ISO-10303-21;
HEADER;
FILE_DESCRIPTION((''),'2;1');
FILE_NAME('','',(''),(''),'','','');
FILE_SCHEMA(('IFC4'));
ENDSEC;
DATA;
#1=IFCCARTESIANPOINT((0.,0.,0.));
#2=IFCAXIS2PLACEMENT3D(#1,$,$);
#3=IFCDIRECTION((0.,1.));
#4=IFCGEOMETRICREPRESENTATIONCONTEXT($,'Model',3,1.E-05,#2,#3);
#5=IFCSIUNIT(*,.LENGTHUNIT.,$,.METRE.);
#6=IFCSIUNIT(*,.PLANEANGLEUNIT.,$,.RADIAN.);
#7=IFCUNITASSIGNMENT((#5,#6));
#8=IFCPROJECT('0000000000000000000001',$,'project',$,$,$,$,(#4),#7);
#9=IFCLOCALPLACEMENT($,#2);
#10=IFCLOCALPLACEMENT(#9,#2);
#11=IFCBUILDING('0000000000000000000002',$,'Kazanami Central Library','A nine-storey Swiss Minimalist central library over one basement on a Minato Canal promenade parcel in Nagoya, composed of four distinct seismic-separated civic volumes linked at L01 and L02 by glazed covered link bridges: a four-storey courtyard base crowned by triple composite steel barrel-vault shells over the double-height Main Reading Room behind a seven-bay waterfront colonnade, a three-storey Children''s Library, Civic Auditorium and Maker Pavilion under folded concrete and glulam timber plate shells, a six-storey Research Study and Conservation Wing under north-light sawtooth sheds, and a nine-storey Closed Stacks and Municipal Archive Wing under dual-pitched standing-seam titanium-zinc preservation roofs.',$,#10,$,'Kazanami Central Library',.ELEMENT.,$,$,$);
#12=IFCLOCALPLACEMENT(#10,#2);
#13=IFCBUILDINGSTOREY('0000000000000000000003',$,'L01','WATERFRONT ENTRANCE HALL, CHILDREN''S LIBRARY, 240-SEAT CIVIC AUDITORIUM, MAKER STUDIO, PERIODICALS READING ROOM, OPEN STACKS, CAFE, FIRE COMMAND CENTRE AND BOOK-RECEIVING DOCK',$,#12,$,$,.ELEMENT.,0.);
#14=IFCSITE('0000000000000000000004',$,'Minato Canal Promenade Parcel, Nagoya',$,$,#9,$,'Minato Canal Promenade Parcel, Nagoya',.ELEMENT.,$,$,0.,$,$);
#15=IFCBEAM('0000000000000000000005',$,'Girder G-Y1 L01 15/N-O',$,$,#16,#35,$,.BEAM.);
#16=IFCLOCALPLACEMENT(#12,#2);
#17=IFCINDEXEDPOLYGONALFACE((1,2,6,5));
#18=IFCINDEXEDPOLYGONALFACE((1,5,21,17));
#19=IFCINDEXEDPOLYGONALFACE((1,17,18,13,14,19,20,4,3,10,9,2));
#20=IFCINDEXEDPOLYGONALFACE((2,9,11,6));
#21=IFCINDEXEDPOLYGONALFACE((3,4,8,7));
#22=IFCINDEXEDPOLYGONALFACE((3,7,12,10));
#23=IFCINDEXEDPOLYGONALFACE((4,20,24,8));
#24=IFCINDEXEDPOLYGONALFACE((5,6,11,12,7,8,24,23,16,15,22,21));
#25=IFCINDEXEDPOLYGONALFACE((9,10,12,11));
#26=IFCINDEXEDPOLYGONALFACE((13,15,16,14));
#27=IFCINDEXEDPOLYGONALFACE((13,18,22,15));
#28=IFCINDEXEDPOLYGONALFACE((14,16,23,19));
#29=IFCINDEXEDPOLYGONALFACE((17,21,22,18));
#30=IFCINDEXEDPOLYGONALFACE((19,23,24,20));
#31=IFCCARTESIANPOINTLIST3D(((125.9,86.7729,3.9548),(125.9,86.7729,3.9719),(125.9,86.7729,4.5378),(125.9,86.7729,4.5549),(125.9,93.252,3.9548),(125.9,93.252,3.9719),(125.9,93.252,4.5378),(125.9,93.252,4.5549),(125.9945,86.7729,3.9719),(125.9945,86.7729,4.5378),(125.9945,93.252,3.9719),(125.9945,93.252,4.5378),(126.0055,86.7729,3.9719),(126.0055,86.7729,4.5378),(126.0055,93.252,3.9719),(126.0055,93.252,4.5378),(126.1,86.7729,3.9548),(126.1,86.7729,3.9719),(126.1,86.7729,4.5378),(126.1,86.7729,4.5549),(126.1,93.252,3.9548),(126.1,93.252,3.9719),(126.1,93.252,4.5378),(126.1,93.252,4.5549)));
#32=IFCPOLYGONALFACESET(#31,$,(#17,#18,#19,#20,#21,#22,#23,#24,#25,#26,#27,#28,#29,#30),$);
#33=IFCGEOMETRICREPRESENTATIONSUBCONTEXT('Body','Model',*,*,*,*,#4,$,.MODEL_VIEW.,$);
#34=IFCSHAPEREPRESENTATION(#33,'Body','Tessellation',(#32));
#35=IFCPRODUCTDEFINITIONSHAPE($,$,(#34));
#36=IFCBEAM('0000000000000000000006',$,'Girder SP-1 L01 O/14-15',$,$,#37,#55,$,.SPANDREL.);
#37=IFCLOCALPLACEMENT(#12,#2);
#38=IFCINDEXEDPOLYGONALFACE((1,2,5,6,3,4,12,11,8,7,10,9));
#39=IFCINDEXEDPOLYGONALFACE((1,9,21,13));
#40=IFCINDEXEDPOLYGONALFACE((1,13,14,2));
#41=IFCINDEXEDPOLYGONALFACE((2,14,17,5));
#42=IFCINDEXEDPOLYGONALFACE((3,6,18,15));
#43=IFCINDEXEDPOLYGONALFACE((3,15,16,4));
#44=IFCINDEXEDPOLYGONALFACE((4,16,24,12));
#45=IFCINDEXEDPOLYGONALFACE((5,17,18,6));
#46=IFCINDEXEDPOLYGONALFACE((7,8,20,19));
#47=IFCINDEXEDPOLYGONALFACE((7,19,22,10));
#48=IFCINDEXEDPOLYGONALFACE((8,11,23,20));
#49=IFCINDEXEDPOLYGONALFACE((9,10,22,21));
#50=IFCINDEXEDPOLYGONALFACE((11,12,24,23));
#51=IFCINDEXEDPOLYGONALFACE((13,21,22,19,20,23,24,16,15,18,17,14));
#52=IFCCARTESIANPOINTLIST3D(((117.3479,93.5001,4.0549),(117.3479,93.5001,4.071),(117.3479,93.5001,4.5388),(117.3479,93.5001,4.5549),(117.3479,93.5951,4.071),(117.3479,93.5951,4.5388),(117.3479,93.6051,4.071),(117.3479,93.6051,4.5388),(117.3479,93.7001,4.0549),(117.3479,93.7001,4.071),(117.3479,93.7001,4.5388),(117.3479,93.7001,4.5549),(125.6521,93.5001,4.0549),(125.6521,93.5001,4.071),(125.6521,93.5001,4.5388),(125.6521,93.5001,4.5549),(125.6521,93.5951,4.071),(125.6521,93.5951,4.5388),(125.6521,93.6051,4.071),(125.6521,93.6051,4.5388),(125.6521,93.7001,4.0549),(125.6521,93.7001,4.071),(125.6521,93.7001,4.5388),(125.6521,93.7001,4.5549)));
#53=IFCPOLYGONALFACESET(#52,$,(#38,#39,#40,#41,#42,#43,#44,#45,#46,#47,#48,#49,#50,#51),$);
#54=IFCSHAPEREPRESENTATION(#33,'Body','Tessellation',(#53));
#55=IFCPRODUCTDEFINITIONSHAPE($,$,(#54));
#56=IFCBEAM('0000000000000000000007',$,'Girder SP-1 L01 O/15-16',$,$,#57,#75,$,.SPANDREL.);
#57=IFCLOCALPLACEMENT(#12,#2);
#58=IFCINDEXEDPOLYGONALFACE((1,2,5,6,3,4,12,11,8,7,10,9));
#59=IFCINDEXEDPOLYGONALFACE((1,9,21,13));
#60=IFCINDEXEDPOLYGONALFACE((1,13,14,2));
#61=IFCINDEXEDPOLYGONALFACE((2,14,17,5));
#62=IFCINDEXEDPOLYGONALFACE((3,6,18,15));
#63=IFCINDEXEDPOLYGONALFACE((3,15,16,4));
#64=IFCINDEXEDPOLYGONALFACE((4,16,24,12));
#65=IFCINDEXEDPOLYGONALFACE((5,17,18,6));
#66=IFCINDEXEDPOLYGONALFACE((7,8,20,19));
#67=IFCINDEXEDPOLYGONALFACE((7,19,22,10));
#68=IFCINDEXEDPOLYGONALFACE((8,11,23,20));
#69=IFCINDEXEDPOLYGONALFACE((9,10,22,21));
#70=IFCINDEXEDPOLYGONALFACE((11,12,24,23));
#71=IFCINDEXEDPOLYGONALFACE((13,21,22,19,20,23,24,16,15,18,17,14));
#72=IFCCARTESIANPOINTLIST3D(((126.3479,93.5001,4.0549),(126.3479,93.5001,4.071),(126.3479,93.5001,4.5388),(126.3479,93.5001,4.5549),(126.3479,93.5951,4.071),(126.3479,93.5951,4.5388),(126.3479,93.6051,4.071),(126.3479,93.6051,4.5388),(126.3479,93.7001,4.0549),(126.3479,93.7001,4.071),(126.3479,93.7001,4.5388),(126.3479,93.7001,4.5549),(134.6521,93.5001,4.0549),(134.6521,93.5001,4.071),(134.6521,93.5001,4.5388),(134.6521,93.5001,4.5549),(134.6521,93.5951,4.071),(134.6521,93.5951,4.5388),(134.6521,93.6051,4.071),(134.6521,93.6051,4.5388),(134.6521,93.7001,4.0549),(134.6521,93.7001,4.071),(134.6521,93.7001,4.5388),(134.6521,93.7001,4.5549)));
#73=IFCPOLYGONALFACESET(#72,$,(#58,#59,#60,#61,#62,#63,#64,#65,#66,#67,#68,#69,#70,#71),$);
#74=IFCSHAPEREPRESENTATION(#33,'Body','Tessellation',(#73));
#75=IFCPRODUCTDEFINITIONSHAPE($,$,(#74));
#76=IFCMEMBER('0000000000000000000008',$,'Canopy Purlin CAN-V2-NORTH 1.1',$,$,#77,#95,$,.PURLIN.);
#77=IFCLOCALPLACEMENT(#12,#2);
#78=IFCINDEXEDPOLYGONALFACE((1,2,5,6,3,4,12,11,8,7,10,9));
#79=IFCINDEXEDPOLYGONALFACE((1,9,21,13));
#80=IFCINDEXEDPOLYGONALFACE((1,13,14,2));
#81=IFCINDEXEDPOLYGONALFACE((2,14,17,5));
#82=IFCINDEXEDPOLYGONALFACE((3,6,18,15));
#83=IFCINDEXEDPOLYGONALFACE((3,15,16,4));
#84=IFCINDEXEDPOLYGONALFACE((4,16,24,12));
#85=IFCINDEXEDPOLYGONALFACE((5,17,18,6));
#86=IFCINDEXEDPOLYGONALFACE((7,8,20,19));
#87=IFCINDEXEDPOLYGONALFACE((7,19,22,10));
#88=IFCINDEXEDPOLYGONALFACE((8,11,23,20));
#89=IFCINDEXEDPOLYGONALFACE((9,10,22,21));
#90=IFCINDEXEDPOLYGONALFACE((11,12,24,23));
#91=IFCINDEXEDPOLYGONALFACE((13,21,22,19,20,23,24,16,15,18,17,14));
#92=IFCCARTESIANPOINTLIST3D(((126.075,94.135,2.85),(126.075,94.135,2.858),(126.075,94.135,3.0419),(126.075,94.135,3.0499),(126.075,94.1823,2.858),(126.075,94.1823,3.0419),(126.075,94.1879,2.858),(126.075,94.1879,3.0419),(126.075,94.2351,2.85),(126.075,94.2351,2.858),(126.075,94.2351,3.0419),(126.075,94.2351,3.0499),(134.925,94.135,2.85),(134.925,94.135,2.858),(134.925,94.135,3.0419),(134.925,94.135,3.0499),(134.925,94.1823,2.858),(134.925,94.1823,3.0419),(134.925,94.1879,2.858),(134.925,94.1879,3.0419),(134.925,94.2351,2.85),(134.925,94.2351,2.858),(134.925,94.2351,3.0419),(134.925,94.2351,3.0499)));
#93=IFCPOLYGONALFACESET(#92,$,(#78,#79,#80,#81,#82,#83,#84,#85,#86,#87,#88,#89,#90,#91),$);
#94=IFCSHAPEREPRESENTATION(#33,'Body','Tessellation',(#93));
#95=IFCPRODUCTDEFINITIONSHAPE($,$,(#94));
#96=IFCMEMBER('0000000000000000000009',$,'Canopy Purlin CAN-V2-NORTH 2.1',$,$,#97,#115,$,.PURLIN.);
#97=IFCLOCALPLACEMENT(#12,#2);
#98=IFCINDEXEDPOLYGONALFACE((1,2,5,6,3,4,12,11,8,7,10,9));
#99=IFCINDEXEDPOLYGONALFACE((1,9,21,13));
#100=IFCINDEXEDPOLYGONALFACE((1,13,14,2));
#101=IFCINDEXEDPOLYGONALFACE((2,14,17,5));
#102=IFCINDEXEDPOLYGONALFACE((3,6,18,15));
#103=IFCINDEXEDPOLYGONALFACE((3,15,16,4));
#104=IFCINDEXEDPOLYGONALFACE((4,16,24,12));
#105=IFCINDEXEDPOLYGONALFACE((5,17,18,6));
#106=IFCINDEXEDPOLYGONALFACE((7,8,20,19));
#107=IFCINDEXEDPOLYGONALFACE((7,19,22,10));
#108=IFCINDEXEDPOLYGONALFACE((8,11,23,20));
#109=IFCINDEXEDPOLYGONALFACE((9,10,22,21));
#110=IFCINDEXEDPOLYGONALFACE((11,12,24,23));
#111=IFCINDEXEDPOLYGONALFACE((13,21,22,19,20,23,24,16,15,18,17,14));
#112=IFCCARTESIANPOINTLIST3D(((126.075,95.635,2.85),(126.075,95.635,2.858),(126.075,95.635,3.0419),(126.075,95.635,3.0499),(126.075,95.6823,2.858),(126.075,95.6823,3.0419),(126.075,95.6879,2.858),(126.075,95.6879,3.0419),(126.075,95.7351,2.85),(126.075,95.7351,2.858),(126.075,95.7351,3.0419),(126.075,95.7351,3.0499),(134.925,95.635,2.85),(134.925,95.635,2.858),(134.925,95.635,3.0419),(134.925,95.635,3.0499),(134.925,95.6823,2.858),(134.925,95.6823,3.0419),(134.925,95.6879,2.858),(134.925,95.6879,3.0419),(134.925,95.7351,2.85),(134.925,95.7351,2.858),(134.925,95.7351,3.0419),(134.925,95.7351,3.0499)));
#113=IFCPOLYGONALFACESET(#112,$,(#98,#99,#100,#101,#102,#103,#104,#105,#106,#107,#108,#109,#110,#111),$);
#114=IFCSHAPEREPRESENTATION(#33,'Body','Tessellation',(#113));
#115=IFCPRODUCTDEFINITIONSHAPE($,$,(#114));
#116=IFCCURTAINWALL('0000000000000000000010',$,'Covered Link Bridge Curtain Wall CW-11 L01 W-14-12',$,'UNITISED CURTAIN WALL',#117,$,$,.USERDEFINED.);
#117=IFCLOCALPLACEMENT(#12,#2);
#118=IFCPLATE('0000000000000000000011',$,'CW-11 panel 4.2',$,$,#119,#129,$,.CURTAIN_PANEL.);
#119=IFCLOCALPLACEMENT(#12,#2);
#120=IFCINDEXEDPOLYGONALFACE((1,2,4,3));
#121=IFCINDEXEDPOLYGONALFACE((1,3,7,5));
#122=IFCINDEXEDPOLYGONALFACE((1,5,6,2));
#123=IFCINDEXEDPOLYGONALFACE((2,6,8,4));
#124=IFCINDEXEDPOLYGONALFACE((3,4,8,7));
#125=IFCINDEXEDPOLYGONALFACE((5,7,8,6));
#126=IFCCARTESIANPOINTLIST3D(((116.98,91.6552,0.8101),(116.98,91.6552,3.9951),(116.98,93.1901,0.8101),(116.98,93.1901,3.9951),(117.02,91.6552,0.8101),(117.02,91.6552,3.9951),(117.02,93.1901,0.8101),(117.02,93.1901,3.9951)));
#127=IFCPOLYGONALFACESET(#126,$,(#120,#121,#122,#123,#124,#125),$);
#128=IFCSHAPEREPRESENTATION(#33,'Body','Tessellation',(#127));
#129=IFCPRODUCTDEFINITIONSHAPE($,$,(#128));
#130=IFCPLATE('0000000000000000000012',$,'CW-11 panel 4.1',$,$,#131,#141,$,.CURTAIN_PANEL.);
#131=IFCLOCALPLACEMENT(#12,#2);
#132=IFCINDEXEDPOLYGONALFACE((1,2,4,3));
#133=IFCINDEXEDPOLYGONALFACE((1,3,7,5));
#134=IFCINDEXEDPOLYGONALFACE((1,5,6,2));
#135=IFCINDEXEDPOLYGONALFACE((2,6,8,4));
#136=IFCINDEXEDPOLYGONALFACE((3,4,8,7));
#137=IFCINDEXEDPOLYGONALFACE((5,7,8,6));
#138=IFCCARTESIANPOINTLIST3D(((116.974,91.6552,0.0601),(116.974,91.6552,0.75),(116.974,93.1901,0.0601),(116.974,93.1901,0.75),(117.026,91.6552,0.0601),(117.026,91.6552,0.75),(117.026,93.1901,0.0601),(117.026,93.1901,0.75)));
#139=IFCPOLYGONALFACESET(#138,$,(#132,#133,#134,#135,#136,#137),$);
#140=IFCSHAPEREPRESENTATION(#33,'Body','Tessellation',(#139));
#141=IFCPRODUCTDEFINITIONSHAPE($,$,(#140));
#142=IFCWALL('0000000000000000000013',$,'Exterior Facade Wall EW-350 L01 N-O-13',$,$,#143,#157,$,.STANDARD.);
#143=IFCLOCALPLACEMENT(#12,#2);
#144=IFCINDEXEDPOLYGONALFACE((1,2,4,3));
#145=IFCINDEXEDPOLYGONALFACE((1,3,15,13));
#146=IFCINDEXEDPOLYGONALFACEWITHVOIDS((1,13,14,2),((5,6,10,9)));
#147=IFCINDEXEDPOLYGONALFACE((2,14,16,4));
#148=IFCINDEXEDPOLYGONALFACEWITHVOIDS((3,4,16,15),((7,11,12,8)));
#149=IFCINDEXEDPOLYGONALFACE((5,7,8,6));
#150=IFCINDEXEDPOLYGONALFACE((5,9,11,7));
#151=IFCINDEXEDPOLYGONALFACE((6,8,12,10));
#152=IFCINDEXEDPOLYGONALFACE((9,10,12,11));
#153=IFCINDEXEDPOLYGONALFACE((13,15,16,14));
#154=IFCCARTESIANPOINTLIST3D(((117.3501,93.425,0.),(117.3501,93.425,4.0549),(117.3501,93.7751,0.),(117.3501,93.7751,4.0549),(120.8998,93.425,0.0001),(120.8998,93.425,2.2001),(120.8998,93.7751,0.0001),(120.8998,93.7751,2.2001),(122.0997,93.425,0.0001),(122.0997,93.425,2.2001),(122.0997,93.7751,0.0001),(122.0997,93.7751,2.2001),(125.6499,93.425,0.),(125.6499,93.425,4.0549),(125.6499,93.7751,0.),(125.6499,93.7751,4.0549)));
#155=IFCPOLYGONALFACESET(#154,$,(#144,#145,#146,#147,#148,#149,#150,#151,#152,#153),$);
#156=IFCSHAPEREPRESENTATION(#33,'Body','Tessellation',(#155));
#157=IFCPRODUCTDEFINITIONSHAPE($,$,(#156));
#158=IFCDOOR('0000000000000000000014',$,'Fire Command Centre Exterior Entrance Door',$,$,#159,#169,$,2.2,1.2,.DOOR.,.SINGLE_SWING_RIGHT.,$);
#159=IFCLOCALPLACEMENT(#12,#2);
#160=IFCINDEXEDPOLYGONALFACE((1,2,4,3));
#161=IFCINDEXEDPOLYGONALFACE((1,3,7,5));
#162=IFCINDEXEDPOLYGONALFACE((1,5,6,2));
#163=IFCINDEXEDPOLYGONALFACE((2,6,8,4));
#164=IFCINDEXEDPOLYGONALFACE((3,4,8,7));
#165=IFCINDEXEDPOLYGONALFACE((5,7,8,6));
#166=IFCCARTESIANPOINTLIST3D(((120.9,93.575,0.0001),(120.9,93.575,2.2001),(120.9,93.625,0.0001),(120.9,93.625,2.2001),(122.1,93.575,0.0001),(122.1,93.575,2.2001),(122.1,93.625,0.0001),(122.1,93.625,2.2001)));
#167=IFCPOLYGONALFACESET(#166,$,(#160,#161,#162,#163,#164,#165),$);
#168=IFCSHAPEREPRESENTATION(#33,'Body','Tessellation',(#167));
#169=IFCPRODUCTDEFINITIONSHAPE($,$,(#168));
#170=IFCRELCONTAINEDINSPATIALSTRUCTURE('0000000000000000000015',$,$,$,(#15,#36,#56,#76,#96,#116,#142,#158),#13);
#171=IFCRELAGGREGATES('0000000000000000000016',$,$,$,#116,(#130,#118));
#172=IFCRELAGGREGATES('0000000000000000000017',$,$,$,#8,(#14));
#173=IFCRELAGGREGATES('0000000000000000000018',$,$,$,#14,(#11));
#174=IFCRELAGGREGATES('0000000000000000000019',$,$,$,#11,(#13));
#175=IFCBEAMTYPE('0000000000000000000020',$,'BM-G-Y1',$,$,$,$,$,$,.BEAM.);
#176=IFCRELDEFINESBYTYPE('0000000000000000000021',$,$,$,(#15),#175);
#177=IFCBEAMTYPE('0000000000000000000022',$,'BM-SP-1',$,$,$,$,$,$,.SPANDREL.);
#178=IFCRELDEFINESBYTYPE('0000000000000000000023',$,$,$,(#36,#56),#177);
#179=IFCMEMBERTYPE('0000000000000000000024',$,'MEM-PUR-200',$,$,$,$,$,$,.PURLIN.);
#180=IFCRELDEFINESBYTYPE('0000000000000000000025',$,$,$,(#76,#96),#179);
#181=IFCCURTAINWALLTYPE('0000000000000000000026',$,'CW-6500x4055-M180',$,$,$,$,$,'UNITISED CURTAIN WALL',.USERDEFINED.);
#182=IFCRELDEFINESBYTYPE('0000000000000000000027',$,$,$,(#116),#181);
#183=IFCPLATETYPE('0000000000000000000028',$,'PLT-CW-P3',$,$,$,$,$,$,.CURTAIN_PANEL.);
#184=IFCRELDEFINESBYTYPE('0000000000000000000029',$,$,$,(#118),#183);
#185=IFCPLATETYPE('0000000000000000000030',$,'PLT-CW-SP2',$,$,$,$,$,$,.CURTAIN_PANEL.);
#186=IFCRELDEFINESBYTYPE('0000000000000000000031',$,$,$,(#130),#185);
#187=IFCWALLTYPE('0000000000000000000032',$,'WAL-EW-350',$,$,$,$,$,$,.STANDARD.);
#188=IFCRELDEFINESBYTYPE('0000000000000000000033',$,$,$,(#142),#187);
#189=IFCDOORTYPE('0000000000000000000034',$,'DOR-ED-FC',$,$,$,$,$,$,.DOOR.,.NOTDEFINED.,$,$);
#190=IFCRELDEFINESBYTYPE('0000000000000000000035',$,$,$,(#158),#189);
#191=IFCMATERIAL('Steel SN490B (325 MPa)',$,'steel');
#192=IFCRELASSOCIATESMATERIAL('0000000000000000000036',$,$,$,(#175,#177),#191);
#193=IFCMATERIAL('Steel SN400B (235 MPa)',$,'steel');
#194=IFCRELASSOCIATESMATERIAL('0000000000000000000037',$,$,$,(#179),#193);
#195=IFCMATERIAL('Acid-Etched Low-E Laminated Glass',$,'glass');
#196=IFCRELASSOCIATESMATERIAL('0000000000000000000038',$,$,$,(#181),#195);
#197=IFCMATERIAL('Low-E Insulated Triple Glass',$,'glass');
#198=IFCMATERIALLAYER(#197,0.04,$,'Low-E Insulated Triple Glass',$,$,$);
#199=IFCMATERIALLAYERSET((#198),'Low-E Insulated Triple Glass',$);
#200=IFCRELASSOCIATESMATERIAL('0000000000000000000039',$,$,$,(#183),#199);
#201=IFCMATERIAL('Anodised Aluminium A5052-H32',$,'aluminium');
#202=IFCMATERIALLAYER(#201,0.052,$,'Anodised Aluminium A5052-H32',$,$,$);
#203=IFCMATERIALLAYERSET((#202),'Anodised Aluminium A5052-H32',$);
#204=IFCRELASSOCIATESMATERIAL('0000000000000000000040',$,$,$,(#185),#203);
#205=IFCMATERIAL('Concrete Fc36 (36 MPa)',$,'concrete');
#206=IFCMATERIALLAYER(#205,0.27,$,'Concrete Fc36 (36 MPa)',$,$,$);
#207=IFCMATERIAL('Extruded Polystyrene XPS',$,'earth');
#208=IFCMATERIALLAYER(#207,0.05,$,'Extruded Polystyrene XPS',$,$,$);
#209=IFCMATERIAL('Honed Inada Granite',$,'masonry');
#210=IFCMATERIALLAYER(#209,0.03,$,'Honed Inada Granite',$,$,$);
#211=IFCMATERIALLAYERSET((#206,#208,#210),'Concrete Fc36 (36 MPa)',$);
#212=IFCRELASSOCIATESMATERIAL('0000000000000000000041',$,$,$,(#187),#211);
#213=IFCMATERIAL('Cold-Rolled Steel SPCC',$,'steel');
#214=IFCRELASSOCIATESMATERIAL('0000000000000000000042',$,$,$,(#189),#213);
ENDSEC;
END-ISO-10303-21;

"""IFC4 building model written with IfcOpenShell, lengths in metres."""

from ifc_helpers import new_model, si_unit, direction, frame, frame_2d, origin, origin_2d, place, context, subcontext, project, spatial, rectangle, i_section, extrude, material, layer, layer_set, material_profile, profile_set, type_object, element, fill, aggregate, save


model = new_model("IFC4")

# Units and contexts
model_context = context("Model", 3, precision=1e-05, world=origin(), true_north=direction((0.0, 1.0)))
body_context = subcontext(model_context, "Body", "Model", "MODEL_VIEW")
ifc_project = project(units=[si_unit("LENGTHUNIT", "METRE"), si_unit("PLANEANGLEUNIT", "RADIAN")], contexts=[model_context])

# Site, building, storey
site_placement = place(None, origin())
site = spatial("IfcSite", under=ifc_project, at=site_placement, Name="Minato Canal Promenade Parcel, Nagoya", LongName="Minato Canal Promenade Parcel, Nagoya", CompositionType="ELEMENT", RefElevation=0.0)
building_placement = place(site_placement, origin())
building = spatial("IfcBuilding", under=site, at=building_placement, Name="Kazanami Central Library", Description="A nine-storey Swiss Minimalist central library over one basement on a Minato Canal promenade parcel in Nagoya, composed of four distinct seismic-separated civic volumes linked at L01 and L02 by glazed covered link bridges: a four-storey courtyard base crowned by triple composite steel barrel-vault shells over the double-height Main Reading Room behind a seven-bay waterfront colonnade, a three-storey Children's Library, Civic Auditorium and Maker Pavilion under folded concrete and glulam timber plate shells, a six-storey Research Study and Conservation Wing under north-light sawtooth sheds, and a nine-storey Closed Stacks and Municipal Archive Wing under dual-pitched standing-seam titanium-zinc preservation roofs.", LongName="Kazanami Central Library", CompositionType="ELEMENT")
storey_placement = place(building_placement, origin())
storey = spatial("IfcBuildingStorey", under=building, at=storey_placement, Name="L01", Description="WATERFRONT ENTRANCE HALL, CHILDREN'S LIBRARY, 240-SEAT CIVIC AUDITORIUM, MAKER STUDIO, PERIODICALS READING ROOM, OPEN STACKS, CAFE, FIRE COMMAND CENTRE AND BOOK-RECEIVING DOCK", CompositionType="ELEMENT", Elevation=0.0)

# Beams
ifc_material_1 = material(Name="Steel SN400B (235 MPa)", Category="steel")
ifc_material_2 = material(Name="Steel SN490B (325 MPa)", Category="steel")
ifc_material_profile_1 = material_profile(ifc_material_2, i_section(OverallWidth=0.2, OverallDepth=0.6001, WebThickness=0.011, FlangeThickness=0.0171, at=origin_2d()), Name="H-600x200x11x17")
ifc_profile_set_1 = profile_set([ifc_material_profile_1], Name="Steel SN490B (325 MPa)")
beam_type_1 = type_object("IfcBeamType", Name="BM-G-Y1", PredefinedType="BEAM", material=ifc_profile_set_1)
beam_1_placement = place(storey_placement, frame((126.0, 86.7729, 4.2549), z_axis=(0.0, 1.0, 0.0), x_axis=(-1.0, 0.0, 0.0)))
element("IfcBeam", 1, at=beam_1_placement, inside=storey, type_object=beam_type_1, Name="Girder G-Y1 L01 15/N-O", PredefinedType="BEAM", context=body_context, shape_type="SweptSolid", body=[
    extrude(i_section(OverallWidth=0.2, OverallDepth=0.6001, WebThickness=0.011, FlangeThickness=0.0171, at=origin_2d()), origin(), (0.0, 0.0, 1.0), 6.479),
])
ifc_material_profile_2 = material_profile(ifc_material_2, i_section(OverallWidth=0.2, OverallDepth=0.5, WebThickness=0.01, FlangeThickness=0.0161, at=origin_2d()), Name="H-500x200x10x16")
ifc_profile_set_2 = profile_set([ifc_material_profile_2], Name="Steel SN490B (325 MPa)")
beam_type_2 = type_object("IfcBeamType", Name="BM-SP-1", PredefinedType="SPANDREL", material=ifc_profile_set_2)
for number, where, z_axis, x_axis, name in (
    (2, (117.3479, 93.6001, 4.3049), (1.0, 0.0, 0.0), (0.0, 1.0, 0.0), "Girder SP-1 L01 O/14-15"),
    (3, (126.3479, 93.6001, 4.3049), (1.0, 0.0, 0.0), (0.0, 1.0, 0.0), "Girder SP-1 L01 O/15-16"),
):
    element("IfcBeam", number, at=place(storey_placement, frame(where, z_axis=z_axis, x_axis=x_axis)), inside=storey, type_object=beam_type_2, Name=name, PredefinedType="SPANDREL", context=body_context, shape_type="SweptSolid", body=[
        extrude(i_section(OverallWidth=0.2, OverallDepth=0.5, WebThickness=0.01, FlangeThickness=0.0161, at=origin_2d()), origin(), (0.0, 0.0, 1.0), 8.3042),
    ])

# Members
ifc_material_profile_3 = material_profile(ifc_material_1, i_section(OverallWidth=0.1001, OverallDepth=0.2, WebThickness=0.0056, FlangeThickness=0.0081, at=origin_2d()), Name="H-200x100x5.5x8")
ifc_profile_set_3 = profile_set([ifc_material_profile_3], Name="Steel SN400B (235 MPa)")
member_type = type_object("IfcMemberType", Name="MEM-PUR-200", PredefinedType="PURLIN", material=ifc_profile_set_3)
for number, where, z_axis, x_axis, name in (
    (4, (126.075, 94.1851, 2.95), (1.0, 0.0, 0.0), (0.0, 1.0, 0.0), "Canopy Purlin CAN-V2-NORTH 1.1"),
    (5, (126.075, 95.6851, 2.95), (1.0, 0.0, 0.0), (0.0, 1.0, 0.0), "Canopy Purlin CAN-V2-NORTH 2.1"),
):
    element("IfcMember", number, at=place(storey_placement, frame(where, z_axis=z_axis, x_axis=x_axis)), inside=storey, type_object=member_type, Name=name, PredefinedType="PURLIN", context=body_context, shape_type="SweptSolid", body=[
        extrude(i_section(OverallWidth=0.1001, OverallDepth=0.2, WebThickness=0.0056, FlangeThickness=0.0081, at=origin_2d()), origin(), (0.0, 0.0, 1.0), 8.8501),
    ])

# Curtain wall, plates
ifc_material_3 = material(Name="Acid-Etched Low-E Laminated Glass", Category="glass")
curtain_wall_type = type_object("IfcCurtainWallType", Name="CW-6500x4055-M180", ElementType="UNITISED CURTAIN WALL", PredefinedType="USERDEFINED", material=ifc_material_3)
curtain_wall_placement = place(storey_placement, origin())
curtain_wall = element("IfcCurtainWall", 6, at=curtain_wall_placement, inside=storey, type_object=curtain_wall_type, Name="Covered Link Bridge Curtain Wall CW-11 L01 W-14-12", ObjectType="UNITISED CURTAIN WALL", PredefinedType="USERDEFINED")
ifc_material_4 = material(Name="Low-E Insulated Triple Glass", Category="glass")
ifc_layer_1 = layer(ifc_material_4, 0.04, Name="Low-E Insulated Triple Glass")
ifc_layer_set_1 = layer_set([ifc_layer_1], Name="Low-E Insulated Triple Glass")
plate_type_1 = type_object("IfcPlateType", Name="PLT-CW-P3", PredefinedType="CURTAIN_PANEL", material=ifc_layer_set_1)
plate_1_placement = place(storey_placement, frame((117.0, 92.4226, 0.8101), z_axis=(0.0, 0.0, 1.0), x_axis=(0.0, 1.0, 0.0)))
plate_1 = element("IfcPlate", 7, at=plate_1_placement, type_object=plate_type_1, Name="CW-11 panel 4.2", PredefinedType="CURTAIN_PANEL", context=body_context, shape_type="SweptSolid", body=[
    extrude(rectangle(XDim=1.5349, YDim=0.04, at=origin_2d()), origin(), (0.0, 0.0, 1.0), 3.1851),
])
ifc_material_5 = material(Name="Anodised Aluminium A5052-H32", Category="aluminium")
ifc_layer_2 = layer(ifc_material_5, 0.052, Name="Anodised Aluminium A5052-H32")
ifc_layer_set_2 = layer_set([ifc_layer_2], Name="Anodised Aluminium A5052-H32")
plate_type_2 = type_object("IfcPlateType", Name="PLT-CW-SP2", PredefinedType="CURTAIN_PANEL", material=ifc_layer_set_2)
plate_2_placement = place(storey_placement, frame((117.0, 92.4226, 0.0601), z_axis=(0.0, 0.0, 1.0), x_axis=(0.0, 1.0, 0.0)))
plate_2 = element("IfcPlate", 8, at=plate_2_placement, type_object=plate_type_2, Name="CW-11 panel 4.1", PredefinedType="CURTAIN_PANEL", context=body_context, shape_type="SweptSolid", body=[
    extrude(rectangle(XDim=1.5349, YDim=0.052, at=origin_2d()), origin(), (0.0, 0.0, 1.0), 0.6899),
])
aggregate(curtain_wall, [plate_2, plate_1])

# Wall, opening, door
ifc_material_6 = material(Name="Concrete Fc36 (36 MPa)", Category="concrete")
ifc_layer_3 = layer(ifc_material_6, 0.27, Name="Concrete Fc36 (36 MPa)")
ifc_material_7 = material(Name="Extruded Polystyrene XPS", Category="earth")
ifc_layer_4 = layer(ifc_material_7, 0.05, Name="Extruded Polystyrene XPS")
ifc_material_8 = material(Name="Honed Inada Granite", Category="masonry")
ifc_layer_5 = layer(ifc_material_8, 0.03, Name="Honed Inada Granite")
ifc_layer_set_3 = layer_set([ifc_layer_3, ifc_layer_4, ifc_layer_5], Name="Concrete Fc36 (36 MPa)")
wall_type_1 = type_object("IfcWallType", Name="WAL-EW-350", PredefinedType="STANDARD", material=ifc_layer_set_3)
wall_1_placement = place(storey_placement, frame((125.6499, 93.6001, 0.0), z_axis=(0.0, 0.0, 1.0), x_axis=(-1.0, 0.0, 0.0)))
wall_1 = element("IfcWall", 9, at=wall_1_placement, inside=storey, type_object=wall_type_1, Name="Exterior Facade Wall EW-350 L01 N-O-13", PredefinedType="STANDARD", context=body_context, shape_type="SweptSolid", body=[
    extrude(rectangle(XDim=8.2998, YDim=0.3501, at=frame_2d((4.1499, 0.0))), origin(), (0.0, 0.0, 1.0), 4.0549),
])
opening_1_placement = place(wall_1_placement, frame((3.55, 0.0, 0.0)))
opening_1 = element("IfcOpeningElement", 10, at=opening_1_placement, cuts=wall_1, PredefinedType="OPENING", context=body_context, shape_type="SweptSolid", body=[
    extrude(rectangle(XDim=1.2, YDim=2.2, at=frame_2d((0.6001, 1.1001))), frame((0.0, 0.187, 0.0), z_axis=(0.0, -1.0, 0.0), x_axis=(1.0, 0.0, 0.0)), (0.0, 0.0, 1.0), 0.374),
])
ifc_material_9 = material(Name="Cold-Rolled Steel SPCC", Category="steel")
door_type_1 = type_object("IfcDoorType", Name="DOR-ED-FC", OperationType="NOTDEFINED", PredefinedType="DOOR", material=ifc_material_9)
door_1_placement = place(opening_1_placement, frame((1.2, 0.0, 0.0), z_axis=(0.0, 0.0, 1.0), x_axis=(-1.0, 0.0, 0.0)))
door_1 = element("IfcDoor", 11, at=door_1_placement, inside=storey, type_object=door_type_1, Name="Fire Command Centre Exterior Entrance Door", OperationType="SINGLE_SWING_RIGHT", OverallHeight=2.2, OverallWidth=1.2, PredefinedType="DOOR", context=body_context, shape_type="SweptSolid", body=[
    extrude(rectangle(XDim=1.2, YDim=2.2, at=frame_2d((0.6001, 1.1001))), frame((0.0, 0.0249, 0.0), z_axis=(0.0, -1.0, 0.0), x_axis=(1.0, 0.0, 0.0)), (0.0, 0.0, 1.0), 0.05),
])
fill(opening_1, door_1)

save(model, "model.ifc")
